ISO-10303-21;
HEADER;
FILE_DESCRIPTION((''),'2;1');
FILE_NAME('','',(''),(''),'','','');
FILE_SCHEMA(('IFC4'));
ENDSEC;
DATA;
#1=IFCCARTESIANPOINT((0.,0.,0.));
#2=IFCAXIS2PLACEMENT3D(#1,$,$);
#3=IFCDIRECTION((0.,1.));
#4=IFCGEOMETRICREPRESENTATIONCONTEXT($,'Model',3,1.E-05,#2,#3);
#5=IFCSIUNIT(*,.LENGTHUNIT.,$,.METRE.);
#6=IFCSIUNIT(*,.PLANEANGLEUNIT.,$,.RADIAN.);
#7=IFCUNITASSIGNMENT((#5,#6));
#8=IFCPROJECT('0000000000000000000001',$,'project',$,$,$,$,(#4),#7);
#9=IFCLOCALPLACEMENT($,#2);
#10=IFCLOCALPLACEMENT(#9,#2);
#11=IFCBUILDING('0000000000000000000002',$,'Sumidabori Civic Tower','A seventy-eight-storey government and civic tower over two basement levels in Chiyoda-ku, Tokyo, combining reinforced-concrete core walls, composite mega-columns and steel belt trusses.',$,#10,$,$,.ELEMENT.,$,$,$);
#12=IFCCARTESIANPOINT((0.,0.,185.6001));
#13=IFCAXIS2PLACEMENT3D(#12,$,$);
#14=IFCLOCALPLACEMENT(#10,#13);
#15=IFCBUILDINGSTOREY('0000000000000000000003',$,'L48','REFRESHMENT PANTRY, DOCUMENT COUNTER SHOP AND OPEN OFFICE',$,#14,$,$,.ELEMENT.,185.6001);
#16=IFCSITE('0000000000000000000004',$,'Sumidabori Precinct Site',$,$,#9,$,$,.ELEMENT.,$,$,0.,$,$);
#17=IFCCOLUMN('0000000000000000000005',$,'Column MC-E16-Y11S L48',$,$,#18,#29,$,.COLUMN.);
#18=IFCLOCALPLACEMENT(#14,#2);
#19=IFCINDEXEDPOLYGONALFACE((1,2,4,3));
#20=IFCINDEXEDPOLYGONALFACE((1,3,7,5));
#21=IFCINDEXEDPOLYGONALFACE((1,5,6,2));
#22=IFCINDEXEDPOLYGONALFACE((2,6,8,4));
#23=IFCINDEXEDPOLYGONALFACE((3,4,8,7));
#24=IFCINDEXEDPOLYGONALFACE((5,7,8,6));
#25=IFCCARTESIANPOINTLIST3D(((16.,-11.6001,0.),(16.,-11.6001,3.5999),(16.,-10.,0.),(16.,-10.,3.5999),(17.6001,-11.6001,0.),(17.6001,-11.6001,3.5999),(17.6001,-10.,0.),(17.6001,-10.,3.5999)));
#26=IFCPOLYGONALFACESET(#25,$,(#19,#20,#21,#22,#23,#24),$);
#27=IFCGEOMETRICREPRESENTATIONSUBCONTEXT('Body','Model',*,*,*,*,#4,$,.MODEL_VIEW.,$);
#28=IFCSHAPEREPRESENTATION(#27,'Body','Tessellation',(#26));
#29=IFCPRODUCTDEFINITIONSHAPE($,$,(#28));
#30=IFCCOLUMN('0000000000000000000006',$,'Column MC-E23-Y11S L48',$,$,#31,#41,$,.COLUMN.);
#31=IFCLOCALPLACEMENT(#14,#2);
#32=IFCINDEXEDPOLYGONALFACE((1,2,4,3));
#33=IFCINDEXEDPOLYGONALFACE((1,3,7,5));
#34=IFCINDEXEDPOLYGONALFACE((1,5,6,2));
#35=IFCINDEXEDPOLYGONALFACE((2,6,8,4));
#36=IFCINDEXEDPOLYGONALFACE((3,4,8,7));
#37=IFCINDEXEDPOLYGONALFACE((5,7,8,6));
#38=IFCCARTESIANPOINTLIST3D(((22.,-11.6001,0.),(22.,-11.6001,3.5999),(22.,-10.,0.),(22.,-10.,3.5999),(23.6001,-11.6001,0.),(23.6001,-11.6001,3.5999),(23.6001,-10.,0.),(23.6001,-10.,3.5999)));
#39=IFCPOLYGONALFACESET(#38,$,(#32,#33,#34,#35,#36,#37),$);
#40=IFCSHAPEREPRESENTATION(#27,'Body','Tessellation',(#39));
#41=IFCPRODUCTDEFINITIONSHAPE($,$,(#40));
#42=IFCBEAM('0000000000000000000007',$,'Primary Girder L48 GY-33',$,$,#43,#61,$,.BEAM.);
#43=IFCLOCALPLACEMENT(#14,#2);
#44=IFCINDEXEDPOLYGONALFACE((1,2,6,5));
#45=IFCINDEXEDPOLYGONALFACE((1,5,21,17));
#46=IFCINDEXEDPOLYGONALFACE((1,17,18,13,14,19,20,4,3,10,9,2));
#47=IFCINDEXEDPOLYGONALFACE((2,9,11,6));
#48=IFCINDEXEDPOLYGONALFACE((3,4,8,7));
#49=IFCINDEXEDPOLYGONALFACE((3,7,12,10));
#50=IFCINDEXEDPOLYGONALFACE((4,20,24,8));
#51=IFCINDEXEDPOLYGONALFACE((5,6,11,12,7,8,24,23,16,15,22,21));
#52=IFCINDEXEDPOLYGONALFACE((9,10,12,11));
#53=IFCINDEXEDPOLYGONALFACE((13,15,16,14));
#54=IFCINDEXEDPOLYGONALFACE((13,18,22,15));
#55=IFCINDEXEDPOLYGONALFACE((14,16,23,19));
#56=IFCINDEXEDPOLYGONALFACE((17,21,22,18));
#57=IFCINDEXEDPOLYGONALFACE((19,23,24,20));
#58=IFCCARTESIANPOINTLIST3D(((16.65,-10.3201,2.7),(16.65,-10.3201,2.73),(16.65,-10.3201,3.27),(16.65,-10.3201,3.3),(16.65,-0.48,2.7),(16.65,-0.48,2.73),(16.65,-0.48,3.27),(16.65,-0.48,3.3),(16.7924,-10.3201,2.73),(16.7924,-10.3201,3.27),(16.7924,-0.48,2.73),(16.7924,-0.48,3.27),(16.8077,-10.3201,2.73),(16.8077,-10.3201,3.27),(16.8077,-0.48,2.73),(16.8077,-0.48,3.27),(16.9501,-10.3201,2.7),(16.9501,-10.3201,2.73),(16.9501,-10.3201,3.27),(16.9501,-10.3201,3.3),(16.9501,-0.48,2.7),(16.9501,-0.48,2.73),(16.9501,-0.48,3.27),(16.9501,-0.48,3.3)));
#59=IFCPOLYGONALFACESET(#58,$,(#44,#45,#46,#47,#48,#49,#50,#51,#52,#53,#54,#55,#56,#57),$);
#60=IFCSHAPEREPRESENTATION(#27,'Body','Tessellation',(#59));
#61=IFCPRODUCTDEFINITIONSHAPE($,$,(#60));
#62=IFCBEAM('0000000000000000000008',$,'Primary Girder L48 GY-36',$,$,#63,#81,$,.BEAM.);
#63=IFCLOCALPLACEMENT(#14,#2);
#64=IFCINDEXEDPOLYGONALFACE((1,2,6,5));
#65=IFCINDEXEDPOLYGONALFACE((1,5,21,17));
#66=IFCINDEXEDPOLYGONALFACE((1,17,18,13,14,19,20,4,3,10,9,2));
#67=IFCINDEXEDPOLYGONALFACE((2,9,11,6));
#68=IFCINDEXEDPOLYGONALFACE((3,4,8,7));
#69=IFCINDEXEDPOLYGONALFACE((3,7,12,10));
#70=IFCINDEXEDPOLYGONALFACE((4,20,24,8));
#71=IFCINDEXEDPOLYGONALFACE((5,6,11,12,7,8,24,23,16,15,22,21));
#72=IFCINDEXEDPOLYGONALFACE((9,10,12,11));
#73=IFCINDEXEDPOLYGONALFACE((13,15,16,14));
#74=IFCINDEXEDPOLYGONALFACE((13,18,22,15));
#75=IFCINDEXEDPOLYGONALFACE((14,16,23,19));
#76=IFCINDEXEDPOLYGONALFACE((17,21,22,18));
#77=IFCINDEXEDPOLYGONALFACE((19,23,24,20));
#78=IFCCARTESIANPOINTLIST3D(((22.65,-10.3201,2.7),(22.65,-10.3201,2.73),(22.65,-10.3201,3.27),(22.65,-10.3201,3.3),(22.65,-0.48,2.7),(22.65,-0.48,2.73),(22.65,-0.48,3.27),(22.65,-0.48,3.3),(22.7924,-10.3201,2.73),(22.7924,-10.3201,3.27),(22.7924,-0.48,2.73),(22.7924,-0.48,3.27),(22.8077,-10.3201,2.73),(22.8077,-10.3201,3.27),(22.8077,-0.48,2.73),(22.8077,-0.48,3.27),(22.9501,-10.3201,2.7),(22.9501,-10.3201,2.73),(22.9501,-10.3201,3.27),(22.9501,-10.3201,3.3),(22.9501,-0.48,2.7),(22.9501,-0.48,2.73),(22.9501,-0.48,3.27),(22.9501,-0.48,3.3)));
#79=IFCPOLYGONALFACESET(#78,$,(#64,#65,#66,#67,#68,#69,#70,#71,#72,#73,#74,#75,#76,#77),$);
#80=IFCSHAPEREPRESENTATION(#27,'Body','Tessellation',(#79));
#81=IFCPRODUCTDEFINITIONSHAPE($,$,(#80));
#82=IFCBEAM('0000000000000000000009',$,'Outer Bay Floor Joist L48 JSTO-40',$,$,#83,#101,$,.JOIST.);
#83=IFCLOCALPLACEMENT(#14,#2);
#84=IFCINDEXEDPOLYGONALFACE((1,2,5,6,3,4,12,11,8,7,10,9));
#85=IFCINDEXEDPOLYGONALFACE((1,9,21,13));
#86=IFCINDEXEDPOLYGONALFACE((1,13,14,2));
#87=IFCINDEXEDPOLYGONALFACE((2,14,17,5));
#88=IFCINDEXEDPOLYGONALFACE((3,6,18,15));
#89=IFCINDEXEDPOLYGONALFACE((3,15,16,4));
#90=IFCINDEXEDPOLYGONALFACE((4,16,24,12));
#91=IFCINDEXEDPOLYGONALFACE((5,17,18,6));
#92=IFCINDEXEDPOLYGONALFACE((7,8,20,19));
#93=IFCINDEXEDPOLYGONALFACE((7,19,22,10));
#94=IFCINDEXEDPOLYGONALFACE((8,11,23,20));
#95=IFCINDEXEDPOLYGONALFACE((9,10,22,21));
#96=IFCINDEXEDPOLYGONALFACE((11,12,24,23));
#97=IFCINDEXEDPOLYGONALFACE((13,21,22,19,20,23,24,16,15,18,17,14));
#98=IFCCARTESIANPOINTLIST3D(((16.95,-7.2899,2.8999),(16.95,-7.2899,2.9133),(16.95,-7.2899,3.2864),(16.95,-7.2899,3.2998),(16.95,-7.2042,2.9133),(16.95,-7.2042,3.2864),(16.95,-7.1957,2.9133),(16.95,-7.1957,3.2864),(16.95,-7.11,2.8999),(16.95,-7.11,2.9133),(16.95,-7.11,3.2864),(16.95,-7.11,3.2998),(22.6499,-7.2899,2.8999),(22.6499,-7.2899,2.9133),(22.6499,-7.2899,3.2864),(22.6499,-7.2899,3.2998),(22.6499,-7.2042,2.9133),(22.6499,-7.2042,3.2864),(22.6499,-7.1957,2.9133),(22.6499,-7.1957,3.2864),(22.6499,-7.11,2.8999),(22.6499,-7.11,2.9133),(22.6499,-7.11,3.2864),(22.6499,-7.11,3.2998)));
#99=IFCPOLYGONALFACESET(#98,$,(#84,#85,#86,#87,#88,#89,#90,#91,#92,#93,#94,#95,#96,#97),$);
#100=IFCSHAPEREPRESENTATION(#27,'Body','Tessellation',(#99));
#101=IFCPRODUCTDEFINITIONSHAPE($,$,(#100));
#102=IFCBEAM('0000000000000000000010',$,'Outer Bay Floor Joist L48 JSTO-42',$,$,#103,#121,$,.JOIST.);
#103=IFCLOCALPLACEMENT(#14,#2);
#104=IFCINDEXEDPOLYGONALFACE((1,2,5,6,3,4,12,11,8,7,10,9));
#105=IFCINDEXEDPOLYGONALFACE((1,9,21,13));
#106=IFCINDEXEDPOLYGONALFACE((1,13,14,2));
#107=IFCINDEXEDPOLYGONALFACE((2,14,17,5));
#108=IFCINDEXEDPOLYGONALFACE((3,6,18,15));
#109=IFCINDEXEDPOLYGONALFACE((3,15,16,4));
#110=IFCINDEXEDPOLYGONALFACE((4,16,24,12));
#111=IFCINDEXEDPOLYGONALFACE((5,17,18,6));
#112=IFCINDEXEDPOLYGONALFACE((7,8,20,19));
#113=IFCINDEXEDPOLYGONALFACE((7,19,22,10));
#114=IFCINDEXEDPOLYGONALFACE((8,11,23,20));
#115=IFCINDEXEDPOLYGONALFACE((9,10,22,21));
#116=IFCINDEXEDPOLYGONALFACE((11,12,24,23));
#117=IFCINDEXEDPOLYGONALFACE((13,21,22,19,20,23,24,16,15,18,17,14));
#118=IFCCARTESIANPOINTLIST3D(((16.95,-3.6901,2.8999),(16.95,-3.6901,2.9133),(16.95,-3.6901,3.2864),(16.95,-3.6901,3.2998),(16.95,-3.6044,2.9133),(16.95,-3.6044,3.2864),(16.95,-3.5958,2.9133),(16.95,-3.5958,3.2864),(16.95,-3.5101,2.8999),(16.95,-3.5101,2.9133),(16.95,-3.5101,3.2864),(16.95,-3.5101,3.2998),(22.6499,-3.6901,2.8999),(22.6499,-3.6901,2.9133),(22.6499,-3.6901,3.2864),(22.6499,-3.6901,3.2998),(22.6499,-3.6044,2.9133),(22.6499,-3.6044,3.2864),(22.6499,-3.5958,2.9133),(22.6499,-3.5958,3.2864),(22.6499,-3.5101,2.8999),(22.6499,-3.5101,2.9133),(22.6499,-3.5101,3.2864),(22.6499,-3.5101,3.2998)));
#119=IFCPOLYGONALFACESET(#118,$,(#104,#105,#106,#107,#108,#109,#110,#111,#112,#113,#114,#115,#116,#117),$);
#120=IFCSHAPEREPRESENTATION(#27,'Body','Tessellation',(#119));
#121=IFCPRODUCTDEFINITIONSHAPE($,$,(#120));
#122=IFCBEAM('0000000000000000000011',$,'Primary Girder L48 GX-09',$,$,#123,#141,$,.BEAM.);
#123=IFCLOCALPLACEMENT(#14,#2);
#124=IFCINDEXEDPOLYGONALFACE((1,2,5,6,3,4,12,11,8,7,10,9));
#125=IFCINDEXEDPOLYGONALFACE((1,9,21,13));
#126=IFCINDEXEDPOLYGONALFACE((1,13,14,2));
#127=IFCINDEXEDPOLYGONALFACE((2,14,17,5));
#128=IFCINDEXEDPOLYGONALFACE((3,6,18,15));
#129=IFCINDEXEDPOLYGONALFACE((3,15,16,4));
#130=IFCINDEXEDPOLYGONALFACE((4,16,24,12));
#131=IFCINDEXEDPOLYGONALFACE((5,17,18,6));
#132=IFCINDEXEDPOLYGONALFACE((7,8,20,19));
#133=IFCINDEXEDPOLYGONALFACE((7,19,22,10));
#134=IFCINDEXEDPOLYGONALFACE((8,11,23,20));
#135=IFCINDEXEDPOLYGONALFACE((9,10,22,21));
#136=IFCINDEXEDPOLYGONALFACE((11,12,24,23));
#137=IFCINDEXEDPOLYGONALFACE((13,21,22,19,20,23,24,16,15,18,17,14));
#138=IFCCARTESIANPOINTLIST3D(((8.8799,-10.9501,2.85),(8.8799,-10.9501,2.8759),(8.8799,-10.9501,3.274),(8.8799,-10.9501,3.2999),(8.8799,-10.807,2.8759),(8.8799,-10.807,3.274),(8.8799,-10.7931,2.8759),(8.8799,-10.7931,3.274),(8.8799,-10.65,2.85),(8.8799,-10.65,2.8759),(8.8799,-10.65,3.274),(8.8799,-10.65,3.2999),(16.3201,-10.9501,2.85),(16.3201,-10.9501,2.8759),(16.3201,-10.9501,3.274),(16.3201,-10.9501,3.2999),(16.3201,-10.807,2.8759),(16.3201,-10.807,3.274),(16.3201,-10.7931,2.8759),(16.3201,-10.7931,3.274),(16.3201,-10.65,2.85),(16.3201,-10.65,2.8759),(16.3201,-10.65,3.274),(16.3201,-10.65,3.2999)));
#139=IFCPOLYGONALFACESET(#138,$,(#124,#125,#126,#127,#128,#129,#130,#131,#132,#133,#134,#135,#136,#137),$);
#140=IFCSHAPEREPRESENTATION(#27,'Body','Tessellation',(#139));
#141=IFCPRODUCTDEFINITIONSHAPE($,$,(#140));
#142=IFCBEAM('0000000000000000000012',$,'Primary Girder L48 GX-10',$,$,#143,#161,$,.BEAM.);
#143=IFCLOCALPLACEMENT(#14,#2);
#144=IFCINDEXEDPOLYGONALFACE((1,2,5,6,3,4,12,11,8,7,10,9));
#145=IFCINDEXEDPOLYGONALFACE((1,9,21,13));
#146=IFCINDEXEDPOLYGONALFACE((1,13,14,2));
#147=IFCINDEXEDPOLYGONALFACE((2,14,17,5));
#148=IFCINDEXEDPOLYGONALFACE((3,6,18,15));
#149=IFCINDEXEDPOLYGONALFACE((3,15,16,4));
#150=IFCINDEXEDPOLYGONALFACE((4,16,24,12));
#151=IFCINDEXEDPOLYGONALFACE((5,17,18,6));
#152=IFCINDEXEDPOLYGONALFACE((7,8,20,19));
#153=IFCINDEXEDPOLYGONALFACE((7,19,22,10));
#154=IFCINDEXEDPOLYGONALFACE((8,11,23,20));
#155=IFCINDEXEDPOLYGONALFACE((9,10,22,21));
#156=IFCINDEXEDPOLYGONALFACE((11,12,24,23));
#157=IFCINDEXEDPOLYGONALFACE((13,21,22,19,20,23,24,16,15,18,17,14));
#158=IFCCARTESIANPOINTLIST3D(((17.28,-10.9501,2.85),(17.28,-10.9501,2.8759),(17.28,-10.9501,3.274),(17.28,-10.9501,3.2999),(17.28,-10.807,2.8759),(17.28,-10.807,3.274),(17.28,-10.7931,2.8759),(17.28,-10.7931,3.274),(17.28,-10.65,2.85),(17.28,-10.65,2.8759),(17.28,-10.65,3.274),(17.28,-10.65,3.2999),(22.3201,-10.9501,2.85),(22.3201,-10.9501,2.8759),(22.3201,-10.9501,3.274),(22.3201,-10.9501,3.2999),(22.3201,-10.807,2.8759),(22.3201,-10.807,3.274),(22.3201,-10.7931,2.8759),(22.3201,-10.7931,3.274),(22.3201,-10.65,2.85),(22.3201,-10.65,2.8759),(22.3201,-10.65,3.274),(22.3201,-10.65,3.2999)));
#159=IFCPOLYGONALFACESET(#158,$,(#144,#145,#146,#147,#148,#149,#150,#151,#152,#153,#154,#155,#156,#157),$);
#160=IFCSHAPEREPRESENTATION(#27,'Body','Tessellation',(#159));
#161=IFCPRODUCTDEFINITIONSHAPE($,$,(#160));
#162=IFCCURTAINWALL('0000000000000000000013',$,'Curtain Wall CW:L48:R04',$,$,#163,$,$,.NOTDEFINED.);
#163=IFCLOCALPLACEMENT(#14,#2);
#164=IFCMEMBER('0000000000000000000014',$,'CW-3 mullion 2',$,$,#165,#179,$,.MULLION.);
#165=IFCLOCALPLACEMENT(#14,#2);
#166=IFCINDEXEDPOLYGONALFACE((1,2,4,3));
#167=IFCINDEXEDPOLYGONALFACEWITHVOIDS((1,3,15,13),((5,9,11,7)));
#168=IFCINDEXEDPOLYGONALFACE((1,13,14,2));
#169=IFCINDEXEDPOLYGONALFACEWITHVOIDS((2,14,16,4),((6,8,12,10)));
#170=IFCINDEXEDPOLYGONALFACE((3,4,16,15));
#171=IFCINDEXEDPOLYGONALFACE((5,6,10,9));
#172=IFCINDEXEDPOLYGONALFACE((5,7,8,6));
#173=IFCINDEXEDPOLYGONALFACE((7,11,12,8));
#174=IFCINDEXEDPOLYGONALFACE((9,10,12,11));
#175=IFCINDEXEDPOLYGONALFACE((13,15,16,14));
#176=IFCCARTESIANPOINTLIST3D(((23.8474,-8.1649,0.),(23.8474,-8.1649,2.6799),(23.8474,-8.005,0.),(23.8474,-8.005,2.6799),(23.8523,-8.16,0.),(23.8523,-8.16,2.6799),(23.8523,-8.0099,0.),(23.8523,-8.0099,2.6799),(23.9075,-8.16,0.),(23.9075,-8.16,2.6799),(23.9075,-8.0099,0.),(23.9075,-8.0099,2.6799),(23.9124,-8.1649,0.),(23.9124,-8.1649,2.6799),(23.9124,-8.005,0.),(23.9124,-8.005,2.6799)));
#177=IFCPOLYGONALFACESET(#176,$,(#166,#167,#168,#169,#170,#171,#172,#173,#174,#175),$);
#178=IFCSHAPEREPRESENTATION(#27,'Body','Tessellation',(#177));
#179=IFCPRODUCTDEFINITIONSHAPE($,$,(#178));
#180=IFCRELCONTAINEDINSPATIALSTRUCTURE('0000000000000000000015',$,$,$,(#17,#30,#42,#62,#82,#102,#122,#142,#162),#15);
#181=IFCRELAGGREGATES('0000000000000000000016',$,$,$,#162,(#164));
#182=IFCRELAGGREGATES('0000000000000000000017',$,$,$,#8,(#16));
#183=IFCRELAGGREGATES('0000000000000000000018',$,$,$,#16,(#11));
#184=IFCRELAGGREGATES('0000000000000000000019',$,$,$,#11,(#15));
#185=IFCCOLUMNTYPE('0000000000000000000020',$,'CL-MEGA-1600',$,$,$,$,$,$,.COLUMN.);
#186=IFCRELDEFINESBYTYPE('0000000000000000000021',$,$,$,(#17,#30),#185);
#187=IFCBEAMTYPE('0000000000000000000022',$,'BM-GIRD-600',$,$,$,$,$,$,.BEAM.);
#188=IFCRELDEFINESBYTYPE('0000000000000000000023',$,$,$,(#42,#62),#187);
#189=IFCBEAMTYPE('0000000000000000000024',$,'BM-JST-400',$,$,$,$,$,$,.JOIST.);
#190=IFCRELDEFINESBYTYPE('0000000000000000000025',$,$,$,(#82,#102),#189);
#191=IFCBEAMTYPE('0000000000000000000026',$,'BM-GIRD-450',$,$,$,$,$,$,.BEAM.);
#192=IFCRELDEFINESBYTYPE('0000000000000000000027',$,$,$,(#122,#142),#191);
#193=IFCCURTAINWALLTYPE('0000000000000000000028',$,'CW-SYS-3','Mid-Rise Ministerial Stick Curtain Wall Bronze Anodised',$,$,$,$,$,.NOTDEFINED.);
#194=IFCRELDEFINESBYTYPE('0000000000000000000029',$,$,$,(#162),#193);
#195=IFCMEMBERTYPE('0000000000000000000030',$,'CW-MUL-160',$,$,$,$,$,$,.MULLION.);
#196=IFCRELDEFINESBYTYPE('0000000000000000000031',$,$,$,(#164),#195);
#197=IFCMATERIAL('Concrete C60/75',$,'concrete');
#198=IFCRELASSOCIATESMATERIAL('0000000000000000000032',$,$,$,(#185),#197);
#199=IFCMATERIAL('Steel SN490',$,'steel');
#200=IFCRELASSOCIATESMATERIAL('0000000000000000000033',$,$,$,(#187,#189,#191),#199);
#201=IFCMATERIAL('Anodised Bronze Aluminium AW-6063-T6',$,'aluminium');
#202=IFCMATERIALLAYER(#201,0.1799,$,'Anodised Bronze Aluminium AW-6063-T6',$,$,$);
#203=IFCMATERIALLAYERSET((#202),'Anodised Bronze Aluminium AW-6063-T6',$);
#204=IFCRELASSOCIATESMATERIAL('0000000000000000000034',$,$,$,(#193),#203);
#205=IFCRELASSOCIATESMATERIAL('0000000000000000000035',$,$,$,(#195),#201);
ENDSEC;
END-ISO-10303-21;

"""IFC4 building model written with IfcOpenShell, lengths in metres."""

from ifc_helpers import new_model, si_unit, direction, frame, origin, origin_2d, place, context, subcontext, project, spatial, rectangle, hollow_rectangle, i_section, extrude, source, transform, mapped, material, layer, layer_set, material_profile, profile_set, type_object, element, aggregate, save


model = new_model("IFC4")

# Units and contexts
model_context = context("Model", 3, precision=1e-05, world=origin(), true_north=direction((0.0, 1.0)))
body_context = subcontext(model_context, "Body", "Model", "MODEL_VIEW")
ifc_project = project(units=[si_unit("LENGTHUNIT", "METRE"), si_unit("PLANEANGLEUNIT", "RADIAN")], contexts=[model_context])

# Site, building, storey
site_placement = place(None, origin())
site = spatial("IfcSite", under=ifc_project, at=site_placement, Name="Sumidabori Precinct Site", CompositionType="ELEMENT", RefElevation=0.0)
building_placement = place(site_placement, origin())
building = spatial("IfcBuilding", under=site, at=building_placement, Name="Sumidabori Civic Tower", Description="A seventy-eight-storey government and civic tower over two basement levels in Chiyoda-ku, Tokyo, combining reinforced-concrete core walls, composite mega-columns and steel belt trusses.", CompositionType="ELEMENT")
storey_placement = place(building_placement, frame((0.0, 0.0, 185.6001)))
storey = spatial("IfcBuildingStorey", under=building, at=storey_placement, Name="L48", Description="REFRESHMENT PANTRY, DOCUMENT COUNTER SHOP AND OPEN OFFICE", CompositionType="ELEMENT", Elevation=185.6001)

# Columns
ifc_material_1 = material(Name="Concrete C60/75", Category="concrete")
ifc_material_profile_1 = material_profile(ifc_material_1, rectangle(XDim=1.6001, YDim=1.6001, at=origin_2d()), Name="RC 1600x1600")
ifc_profile_set_1 = profile_set([ifc_material_profile_1], Name="Concrete C60/75")
column_type = type_object("IfcColumnType", Name="CL-MEGA-1600", PredefinedType="COLUMN", material=ifc_profile_set_1)
shared_shape_1 = source(origin(), body_context, "Body", "SweptSolid", [
    extrude(rectangle(XDim=1.6001, YDim=1.6001, at=origin_2d()), origin(), (0.0, 0.0, 1.0), 3.5999),
])
for number, where, z_axis, x_axis, name in (
    (1, (16.8, -10.8, 0.0), (0.0, 0.0, 1.0), (1.0, 0.0, 0.0), "Column MC-E16-Y11S L48"),
    (2, (22.8, -10.8, 0.0), (0.0, 0.0, 1.0), (1.0, 0.0, 0.0), "Column MC-E23-Y11S L48"),
):
    element("IfcColumn", number, at=place(storey_placement, frame(where, z_axis=z_axis, x_axis=x_axis)), inside=storey, type_object=column_type, Name=name, PredefinedType="COLUMN", context=body_context, shape_type="MappedRepresentation", body=[
        mapped(shared_shape_1, transform((0.0, 0.0, 0.0), x_axis=(1.0, 0.0, 0.0), y_axis=(0.0, 1.0, 0.0), z_axis=(0.0, 0.0, 1.0), scale=1.0)),
    ])

# Beams
ifc_material_2 = material(Name="Steel SN490", Category="steel")
ifc_material_profile_2 = material_profile(ifc_material_2, i_section(OverallWidth=0.3, OverallDepth=0.6001, WebThickness=0.0154, FlangeThickness=0.03, at=origin_2d()), Name="HE 600 B")
ifc_profile_set_2 = profile_set([ifc_material_profile_2], Name="Steel SN490")
beam_type_1 = type_object("IfcBeamType", Name="BM-GIRD-600", PredefinedType="BEAM", material=ifc_profile_set_2)
shared_shape_2 = source(origin(), body_context, "Body", "SweptSolid", [
    extrude(i_section(OverallWidth=0.3, OverallDepth=0.6001, WebThickness=0.0154, FlangeThickness=0.03, at=origin_2d()), origin(), (0.0, 0.0, 1.0), 9.8401),
])
for number, where, z_axis, x_axis, name in (
    (3, (16.8, -10.3201, 3.0), (0.0, 1.0, 0.0), (-1.0, 0.0, 0.0), "Primary Girder L48 GY-33"),
    (4, (22.8, -10.3201, 3.0), (0.0, 1.0, 0.0), (-1.0, 0.0, 0.0), "Primary Girder L48 GY-36"),
):
    element("IfcBeam", number, at=place(storey_placement, frame(where, z_axis=z_axis, x_axis=x_axis)), inside=storey, type_object=beam_type_1, Name=name, PredefinedType="BEAM", context=body_context, shape_type="MappedRepresentation", body=[
        mapped(shared_shape_2, transform((0.0, 0.0, 0.0), x_axis=(1.0, 0.0, 0.0), y_axis=(0.0, 1.0, 0.0), z_axis=(0.0, 0.0, 1.0), scale=1.0)),
    ])
ifc_material_profile_3 = material_profile(ifc_material_2, i_section(OverallWidth=0.1799, OverallDepth=0.3999, WebThickness=0.0085, FlangeThickness=0.0134, at=origin_2d()), Name="IPE 400")
ifc_profile_set_3 = profile_set([ifc_material_profile_3], Name="Steel SN490")
beam_type_2 = type_object("IfcBeamType", Name="BM-JST-400", PredefinedType="JOIST", material=ifc_profile_set_3)
shared_shape_3 = source(origin(), body_context, "Body", "SweptSolid", [
    extrude(i_section(OverallWidth=0.1799, OverallDepth=0.3999, WebThickness=0.0085, FlangeThickness=0.0134, at=origin_2d()), origin(), (0.0, 0.0, 1.0), 5.7),
])
for number, where, z_axis, x_axis, name in (
    (5, (16.95, -7.2, 3.0999), (1.0, 0.0, 0.0), (0.0, 1.0, 0.0), "Outer Bay Floor Joist L48 JSTO-40"),
    (6, (16.95, -3.6001, 3.0999), (1.0, 0.0, 0.0), (0.0, 1.0, 0.0), "Outer Bay Floor Joist L48 JSTO-42"),
):
    element("IfcBeam", number, at=place(storey_placement, frame(where, z_axis=z_axis, x_axis=x_axis)), inside=storey, type_object=beam_type_2, Name=name, PredefinedType="JOIST", context=body_context, shape_type="MappedRepresentation", body=[
        mapped(shared_shape_3, transform((0.0, 0.0, 0.0), x_axis=(1.0, 0.0, 0.0), y_axis=(0.0, 1.0, 0.0), z_axis=(0.0, 0.0, 1.0), scale=1.0)),
    ])
ifc_material_profile_4 = material_profile(ifc_material_2, i_section(OverallWidth=0.3, OverallDepth=0.45, WebThickness=0.0139, FlangeThickness=0.0259, at=origin_2d()), Name="HE 450 B")
ifc_profile_set_4 = profile_set([ifc_material_profile_4], Name="Steel SN490")
beam_type_3 = type_object("IfcBeamType", Name="BM-GIRD-450", PredefinedType="BEAM", material=ifc_profile_set_4)
shared_shape_4 = source(origin(), body_context, "Body", "SweptSolid", [
    extrude(i_section(OverallWidth=0.3, OverallDepth=0.45, WebThickness=0.0139, FlangeThickness=0.0259, at=origin_2d()), origin(), (0.0, 0.0, 1.0), 7.4402),
])
beam_1_placement = place(storey_placement, frame((8.8799, -10.8, 3.075), z_axis=(1.0, 0.0, 0.0), x_axis=(0.0, 1.0, 0.0)))
element("IfcBeam", 7, at=beam_1_placement, inside=storey, type_object=beam_type_3, Name="Primary Girder L48 GX-09", PredefinedType="BEAM", context=body_context, shape_type="MappedRepresentation", body=[
    mapped(shared_shape_4, transform((0.0, 0.0, 0.0), x_axis=(1.0, 0.0, 0.0), y_axis=(0.0, 1.0, 0.0), z_axis=(0.0, 0.0, 1.0), scale=1.0)),
])
shared_shape_5 = source(origin(), body_context, "Body", "SweptSolid", [
    extrude(i_section(OverallWidth=0.3, OverallDepth=0.45, WebThickness=0.0139, FlangeThickness=0.0259, at=origin_2d()), origin(), (0.0, 0.0, 1.0), 5.04),
])
beam_2_placement = place(storey_placement, frame((17.28, -10.8, 3.075), z_axis=(1.0, 0.0, 0.0), x_axis=(0.0, 1.0, 0.0)))
element("IfcBeam", 8, at=beam_2_placement, inside=storey, type_object=beam_type_3, Name="Primary Girder L48 GX-10", PredefinedType="BEAM", context=body_context, shape_type="MappedRepresentation", body=[
    mapped(shared_shape_5, transform((0.0, 0.0, 0.0), x_axis=(1.0, 0.0, 0.0), y_axis=(0.0, 1.0, 0.0), z_axis=(0.0, 0.0, 1.0), scale=1.0)),
])

# Curtain wall, member
ifc_material_3 = material(Name="Anodised Bronze Aluminium AW-6063-T6", Category="aluminium")
ifc_layer_1 = layer(ifc_material_3, 0.1799, Name="Anodised Bronze Aluminium AW-6063-T6")
ifc_layer_set_1 = layer_set([ifc_layer_1], Name="Anodised Bronze Aluminium AW-6063-T6")
curtain_wall_type = type_object("IfcCurtainWallType", Name="CW-SYS-3", Description="Mid-Rise Ministerial Stick Curtain Wall Bronze Anodised", PredefinedType="NOTDEFINED", material=ifc_layer_set_1)
curtain_wall_placement = place(storey_placement, origin())
curtain_wall = element("IfcCurtainWall", 9, at=curtain_wall_placement, inside=storey, type_object=curtain_wall_type, Name="Curtain Wall CW:L48:R04", PredefinedType="NOTDEFINED")
ifc_material_profile_5 = material_profile(ifc_material_3, hollow_rectangle(XDim=0.0649, YDim=0.1599, WallThickness=0.0049, at=origin_2d()), Name="ALU MULLION 160x65")
ifc_profile_set_5 = profile_set([ifc_material_profile_5], Name="Anodised Bronze Aluminium AW-6063-T6")
member_type_1 = type_object("IfcMemberType", Name="CW-MUL-160", PredefinedType="MULLION", material=ifc_profile_set_5)
shared_shape_6 = source(origin(), body_context, "Body", "SweptSolid", [
    extrude(hollow_rectangle(XDim=0.0649, YDim=0.1599, WallThickness=0.0049, at=origin_2d()), origin(), (0.0, 0.0, 1.0), 2.6799),
])
member_1_placement = place(storey_placement, frame((23.8799, -8.085, 0.0), z_axis=(0.0, 0.0, 1.0), x_axis=(-1.0, 0.0, 0.0)))
member_1 = element("IfcMember", 10, at=member_1_placement, type_object=member_type_1, Name="CW-3 mullion 2", PredefinedType="MULLION", context=body_context, shape_type="MappedRepresentation", body=[
    mapped(shared_shape_6, transform((0.0, 0.0, 0.0), x_axis=(1.0, 0.0, 0.0), y_axis=(0.0, 1.0, 0.0), z_axis=(0.0, 0.0, 1.0), scale=1.0)),
])
aggregate(curtain_wall, [member_1])

save(model, "model.ifc")
